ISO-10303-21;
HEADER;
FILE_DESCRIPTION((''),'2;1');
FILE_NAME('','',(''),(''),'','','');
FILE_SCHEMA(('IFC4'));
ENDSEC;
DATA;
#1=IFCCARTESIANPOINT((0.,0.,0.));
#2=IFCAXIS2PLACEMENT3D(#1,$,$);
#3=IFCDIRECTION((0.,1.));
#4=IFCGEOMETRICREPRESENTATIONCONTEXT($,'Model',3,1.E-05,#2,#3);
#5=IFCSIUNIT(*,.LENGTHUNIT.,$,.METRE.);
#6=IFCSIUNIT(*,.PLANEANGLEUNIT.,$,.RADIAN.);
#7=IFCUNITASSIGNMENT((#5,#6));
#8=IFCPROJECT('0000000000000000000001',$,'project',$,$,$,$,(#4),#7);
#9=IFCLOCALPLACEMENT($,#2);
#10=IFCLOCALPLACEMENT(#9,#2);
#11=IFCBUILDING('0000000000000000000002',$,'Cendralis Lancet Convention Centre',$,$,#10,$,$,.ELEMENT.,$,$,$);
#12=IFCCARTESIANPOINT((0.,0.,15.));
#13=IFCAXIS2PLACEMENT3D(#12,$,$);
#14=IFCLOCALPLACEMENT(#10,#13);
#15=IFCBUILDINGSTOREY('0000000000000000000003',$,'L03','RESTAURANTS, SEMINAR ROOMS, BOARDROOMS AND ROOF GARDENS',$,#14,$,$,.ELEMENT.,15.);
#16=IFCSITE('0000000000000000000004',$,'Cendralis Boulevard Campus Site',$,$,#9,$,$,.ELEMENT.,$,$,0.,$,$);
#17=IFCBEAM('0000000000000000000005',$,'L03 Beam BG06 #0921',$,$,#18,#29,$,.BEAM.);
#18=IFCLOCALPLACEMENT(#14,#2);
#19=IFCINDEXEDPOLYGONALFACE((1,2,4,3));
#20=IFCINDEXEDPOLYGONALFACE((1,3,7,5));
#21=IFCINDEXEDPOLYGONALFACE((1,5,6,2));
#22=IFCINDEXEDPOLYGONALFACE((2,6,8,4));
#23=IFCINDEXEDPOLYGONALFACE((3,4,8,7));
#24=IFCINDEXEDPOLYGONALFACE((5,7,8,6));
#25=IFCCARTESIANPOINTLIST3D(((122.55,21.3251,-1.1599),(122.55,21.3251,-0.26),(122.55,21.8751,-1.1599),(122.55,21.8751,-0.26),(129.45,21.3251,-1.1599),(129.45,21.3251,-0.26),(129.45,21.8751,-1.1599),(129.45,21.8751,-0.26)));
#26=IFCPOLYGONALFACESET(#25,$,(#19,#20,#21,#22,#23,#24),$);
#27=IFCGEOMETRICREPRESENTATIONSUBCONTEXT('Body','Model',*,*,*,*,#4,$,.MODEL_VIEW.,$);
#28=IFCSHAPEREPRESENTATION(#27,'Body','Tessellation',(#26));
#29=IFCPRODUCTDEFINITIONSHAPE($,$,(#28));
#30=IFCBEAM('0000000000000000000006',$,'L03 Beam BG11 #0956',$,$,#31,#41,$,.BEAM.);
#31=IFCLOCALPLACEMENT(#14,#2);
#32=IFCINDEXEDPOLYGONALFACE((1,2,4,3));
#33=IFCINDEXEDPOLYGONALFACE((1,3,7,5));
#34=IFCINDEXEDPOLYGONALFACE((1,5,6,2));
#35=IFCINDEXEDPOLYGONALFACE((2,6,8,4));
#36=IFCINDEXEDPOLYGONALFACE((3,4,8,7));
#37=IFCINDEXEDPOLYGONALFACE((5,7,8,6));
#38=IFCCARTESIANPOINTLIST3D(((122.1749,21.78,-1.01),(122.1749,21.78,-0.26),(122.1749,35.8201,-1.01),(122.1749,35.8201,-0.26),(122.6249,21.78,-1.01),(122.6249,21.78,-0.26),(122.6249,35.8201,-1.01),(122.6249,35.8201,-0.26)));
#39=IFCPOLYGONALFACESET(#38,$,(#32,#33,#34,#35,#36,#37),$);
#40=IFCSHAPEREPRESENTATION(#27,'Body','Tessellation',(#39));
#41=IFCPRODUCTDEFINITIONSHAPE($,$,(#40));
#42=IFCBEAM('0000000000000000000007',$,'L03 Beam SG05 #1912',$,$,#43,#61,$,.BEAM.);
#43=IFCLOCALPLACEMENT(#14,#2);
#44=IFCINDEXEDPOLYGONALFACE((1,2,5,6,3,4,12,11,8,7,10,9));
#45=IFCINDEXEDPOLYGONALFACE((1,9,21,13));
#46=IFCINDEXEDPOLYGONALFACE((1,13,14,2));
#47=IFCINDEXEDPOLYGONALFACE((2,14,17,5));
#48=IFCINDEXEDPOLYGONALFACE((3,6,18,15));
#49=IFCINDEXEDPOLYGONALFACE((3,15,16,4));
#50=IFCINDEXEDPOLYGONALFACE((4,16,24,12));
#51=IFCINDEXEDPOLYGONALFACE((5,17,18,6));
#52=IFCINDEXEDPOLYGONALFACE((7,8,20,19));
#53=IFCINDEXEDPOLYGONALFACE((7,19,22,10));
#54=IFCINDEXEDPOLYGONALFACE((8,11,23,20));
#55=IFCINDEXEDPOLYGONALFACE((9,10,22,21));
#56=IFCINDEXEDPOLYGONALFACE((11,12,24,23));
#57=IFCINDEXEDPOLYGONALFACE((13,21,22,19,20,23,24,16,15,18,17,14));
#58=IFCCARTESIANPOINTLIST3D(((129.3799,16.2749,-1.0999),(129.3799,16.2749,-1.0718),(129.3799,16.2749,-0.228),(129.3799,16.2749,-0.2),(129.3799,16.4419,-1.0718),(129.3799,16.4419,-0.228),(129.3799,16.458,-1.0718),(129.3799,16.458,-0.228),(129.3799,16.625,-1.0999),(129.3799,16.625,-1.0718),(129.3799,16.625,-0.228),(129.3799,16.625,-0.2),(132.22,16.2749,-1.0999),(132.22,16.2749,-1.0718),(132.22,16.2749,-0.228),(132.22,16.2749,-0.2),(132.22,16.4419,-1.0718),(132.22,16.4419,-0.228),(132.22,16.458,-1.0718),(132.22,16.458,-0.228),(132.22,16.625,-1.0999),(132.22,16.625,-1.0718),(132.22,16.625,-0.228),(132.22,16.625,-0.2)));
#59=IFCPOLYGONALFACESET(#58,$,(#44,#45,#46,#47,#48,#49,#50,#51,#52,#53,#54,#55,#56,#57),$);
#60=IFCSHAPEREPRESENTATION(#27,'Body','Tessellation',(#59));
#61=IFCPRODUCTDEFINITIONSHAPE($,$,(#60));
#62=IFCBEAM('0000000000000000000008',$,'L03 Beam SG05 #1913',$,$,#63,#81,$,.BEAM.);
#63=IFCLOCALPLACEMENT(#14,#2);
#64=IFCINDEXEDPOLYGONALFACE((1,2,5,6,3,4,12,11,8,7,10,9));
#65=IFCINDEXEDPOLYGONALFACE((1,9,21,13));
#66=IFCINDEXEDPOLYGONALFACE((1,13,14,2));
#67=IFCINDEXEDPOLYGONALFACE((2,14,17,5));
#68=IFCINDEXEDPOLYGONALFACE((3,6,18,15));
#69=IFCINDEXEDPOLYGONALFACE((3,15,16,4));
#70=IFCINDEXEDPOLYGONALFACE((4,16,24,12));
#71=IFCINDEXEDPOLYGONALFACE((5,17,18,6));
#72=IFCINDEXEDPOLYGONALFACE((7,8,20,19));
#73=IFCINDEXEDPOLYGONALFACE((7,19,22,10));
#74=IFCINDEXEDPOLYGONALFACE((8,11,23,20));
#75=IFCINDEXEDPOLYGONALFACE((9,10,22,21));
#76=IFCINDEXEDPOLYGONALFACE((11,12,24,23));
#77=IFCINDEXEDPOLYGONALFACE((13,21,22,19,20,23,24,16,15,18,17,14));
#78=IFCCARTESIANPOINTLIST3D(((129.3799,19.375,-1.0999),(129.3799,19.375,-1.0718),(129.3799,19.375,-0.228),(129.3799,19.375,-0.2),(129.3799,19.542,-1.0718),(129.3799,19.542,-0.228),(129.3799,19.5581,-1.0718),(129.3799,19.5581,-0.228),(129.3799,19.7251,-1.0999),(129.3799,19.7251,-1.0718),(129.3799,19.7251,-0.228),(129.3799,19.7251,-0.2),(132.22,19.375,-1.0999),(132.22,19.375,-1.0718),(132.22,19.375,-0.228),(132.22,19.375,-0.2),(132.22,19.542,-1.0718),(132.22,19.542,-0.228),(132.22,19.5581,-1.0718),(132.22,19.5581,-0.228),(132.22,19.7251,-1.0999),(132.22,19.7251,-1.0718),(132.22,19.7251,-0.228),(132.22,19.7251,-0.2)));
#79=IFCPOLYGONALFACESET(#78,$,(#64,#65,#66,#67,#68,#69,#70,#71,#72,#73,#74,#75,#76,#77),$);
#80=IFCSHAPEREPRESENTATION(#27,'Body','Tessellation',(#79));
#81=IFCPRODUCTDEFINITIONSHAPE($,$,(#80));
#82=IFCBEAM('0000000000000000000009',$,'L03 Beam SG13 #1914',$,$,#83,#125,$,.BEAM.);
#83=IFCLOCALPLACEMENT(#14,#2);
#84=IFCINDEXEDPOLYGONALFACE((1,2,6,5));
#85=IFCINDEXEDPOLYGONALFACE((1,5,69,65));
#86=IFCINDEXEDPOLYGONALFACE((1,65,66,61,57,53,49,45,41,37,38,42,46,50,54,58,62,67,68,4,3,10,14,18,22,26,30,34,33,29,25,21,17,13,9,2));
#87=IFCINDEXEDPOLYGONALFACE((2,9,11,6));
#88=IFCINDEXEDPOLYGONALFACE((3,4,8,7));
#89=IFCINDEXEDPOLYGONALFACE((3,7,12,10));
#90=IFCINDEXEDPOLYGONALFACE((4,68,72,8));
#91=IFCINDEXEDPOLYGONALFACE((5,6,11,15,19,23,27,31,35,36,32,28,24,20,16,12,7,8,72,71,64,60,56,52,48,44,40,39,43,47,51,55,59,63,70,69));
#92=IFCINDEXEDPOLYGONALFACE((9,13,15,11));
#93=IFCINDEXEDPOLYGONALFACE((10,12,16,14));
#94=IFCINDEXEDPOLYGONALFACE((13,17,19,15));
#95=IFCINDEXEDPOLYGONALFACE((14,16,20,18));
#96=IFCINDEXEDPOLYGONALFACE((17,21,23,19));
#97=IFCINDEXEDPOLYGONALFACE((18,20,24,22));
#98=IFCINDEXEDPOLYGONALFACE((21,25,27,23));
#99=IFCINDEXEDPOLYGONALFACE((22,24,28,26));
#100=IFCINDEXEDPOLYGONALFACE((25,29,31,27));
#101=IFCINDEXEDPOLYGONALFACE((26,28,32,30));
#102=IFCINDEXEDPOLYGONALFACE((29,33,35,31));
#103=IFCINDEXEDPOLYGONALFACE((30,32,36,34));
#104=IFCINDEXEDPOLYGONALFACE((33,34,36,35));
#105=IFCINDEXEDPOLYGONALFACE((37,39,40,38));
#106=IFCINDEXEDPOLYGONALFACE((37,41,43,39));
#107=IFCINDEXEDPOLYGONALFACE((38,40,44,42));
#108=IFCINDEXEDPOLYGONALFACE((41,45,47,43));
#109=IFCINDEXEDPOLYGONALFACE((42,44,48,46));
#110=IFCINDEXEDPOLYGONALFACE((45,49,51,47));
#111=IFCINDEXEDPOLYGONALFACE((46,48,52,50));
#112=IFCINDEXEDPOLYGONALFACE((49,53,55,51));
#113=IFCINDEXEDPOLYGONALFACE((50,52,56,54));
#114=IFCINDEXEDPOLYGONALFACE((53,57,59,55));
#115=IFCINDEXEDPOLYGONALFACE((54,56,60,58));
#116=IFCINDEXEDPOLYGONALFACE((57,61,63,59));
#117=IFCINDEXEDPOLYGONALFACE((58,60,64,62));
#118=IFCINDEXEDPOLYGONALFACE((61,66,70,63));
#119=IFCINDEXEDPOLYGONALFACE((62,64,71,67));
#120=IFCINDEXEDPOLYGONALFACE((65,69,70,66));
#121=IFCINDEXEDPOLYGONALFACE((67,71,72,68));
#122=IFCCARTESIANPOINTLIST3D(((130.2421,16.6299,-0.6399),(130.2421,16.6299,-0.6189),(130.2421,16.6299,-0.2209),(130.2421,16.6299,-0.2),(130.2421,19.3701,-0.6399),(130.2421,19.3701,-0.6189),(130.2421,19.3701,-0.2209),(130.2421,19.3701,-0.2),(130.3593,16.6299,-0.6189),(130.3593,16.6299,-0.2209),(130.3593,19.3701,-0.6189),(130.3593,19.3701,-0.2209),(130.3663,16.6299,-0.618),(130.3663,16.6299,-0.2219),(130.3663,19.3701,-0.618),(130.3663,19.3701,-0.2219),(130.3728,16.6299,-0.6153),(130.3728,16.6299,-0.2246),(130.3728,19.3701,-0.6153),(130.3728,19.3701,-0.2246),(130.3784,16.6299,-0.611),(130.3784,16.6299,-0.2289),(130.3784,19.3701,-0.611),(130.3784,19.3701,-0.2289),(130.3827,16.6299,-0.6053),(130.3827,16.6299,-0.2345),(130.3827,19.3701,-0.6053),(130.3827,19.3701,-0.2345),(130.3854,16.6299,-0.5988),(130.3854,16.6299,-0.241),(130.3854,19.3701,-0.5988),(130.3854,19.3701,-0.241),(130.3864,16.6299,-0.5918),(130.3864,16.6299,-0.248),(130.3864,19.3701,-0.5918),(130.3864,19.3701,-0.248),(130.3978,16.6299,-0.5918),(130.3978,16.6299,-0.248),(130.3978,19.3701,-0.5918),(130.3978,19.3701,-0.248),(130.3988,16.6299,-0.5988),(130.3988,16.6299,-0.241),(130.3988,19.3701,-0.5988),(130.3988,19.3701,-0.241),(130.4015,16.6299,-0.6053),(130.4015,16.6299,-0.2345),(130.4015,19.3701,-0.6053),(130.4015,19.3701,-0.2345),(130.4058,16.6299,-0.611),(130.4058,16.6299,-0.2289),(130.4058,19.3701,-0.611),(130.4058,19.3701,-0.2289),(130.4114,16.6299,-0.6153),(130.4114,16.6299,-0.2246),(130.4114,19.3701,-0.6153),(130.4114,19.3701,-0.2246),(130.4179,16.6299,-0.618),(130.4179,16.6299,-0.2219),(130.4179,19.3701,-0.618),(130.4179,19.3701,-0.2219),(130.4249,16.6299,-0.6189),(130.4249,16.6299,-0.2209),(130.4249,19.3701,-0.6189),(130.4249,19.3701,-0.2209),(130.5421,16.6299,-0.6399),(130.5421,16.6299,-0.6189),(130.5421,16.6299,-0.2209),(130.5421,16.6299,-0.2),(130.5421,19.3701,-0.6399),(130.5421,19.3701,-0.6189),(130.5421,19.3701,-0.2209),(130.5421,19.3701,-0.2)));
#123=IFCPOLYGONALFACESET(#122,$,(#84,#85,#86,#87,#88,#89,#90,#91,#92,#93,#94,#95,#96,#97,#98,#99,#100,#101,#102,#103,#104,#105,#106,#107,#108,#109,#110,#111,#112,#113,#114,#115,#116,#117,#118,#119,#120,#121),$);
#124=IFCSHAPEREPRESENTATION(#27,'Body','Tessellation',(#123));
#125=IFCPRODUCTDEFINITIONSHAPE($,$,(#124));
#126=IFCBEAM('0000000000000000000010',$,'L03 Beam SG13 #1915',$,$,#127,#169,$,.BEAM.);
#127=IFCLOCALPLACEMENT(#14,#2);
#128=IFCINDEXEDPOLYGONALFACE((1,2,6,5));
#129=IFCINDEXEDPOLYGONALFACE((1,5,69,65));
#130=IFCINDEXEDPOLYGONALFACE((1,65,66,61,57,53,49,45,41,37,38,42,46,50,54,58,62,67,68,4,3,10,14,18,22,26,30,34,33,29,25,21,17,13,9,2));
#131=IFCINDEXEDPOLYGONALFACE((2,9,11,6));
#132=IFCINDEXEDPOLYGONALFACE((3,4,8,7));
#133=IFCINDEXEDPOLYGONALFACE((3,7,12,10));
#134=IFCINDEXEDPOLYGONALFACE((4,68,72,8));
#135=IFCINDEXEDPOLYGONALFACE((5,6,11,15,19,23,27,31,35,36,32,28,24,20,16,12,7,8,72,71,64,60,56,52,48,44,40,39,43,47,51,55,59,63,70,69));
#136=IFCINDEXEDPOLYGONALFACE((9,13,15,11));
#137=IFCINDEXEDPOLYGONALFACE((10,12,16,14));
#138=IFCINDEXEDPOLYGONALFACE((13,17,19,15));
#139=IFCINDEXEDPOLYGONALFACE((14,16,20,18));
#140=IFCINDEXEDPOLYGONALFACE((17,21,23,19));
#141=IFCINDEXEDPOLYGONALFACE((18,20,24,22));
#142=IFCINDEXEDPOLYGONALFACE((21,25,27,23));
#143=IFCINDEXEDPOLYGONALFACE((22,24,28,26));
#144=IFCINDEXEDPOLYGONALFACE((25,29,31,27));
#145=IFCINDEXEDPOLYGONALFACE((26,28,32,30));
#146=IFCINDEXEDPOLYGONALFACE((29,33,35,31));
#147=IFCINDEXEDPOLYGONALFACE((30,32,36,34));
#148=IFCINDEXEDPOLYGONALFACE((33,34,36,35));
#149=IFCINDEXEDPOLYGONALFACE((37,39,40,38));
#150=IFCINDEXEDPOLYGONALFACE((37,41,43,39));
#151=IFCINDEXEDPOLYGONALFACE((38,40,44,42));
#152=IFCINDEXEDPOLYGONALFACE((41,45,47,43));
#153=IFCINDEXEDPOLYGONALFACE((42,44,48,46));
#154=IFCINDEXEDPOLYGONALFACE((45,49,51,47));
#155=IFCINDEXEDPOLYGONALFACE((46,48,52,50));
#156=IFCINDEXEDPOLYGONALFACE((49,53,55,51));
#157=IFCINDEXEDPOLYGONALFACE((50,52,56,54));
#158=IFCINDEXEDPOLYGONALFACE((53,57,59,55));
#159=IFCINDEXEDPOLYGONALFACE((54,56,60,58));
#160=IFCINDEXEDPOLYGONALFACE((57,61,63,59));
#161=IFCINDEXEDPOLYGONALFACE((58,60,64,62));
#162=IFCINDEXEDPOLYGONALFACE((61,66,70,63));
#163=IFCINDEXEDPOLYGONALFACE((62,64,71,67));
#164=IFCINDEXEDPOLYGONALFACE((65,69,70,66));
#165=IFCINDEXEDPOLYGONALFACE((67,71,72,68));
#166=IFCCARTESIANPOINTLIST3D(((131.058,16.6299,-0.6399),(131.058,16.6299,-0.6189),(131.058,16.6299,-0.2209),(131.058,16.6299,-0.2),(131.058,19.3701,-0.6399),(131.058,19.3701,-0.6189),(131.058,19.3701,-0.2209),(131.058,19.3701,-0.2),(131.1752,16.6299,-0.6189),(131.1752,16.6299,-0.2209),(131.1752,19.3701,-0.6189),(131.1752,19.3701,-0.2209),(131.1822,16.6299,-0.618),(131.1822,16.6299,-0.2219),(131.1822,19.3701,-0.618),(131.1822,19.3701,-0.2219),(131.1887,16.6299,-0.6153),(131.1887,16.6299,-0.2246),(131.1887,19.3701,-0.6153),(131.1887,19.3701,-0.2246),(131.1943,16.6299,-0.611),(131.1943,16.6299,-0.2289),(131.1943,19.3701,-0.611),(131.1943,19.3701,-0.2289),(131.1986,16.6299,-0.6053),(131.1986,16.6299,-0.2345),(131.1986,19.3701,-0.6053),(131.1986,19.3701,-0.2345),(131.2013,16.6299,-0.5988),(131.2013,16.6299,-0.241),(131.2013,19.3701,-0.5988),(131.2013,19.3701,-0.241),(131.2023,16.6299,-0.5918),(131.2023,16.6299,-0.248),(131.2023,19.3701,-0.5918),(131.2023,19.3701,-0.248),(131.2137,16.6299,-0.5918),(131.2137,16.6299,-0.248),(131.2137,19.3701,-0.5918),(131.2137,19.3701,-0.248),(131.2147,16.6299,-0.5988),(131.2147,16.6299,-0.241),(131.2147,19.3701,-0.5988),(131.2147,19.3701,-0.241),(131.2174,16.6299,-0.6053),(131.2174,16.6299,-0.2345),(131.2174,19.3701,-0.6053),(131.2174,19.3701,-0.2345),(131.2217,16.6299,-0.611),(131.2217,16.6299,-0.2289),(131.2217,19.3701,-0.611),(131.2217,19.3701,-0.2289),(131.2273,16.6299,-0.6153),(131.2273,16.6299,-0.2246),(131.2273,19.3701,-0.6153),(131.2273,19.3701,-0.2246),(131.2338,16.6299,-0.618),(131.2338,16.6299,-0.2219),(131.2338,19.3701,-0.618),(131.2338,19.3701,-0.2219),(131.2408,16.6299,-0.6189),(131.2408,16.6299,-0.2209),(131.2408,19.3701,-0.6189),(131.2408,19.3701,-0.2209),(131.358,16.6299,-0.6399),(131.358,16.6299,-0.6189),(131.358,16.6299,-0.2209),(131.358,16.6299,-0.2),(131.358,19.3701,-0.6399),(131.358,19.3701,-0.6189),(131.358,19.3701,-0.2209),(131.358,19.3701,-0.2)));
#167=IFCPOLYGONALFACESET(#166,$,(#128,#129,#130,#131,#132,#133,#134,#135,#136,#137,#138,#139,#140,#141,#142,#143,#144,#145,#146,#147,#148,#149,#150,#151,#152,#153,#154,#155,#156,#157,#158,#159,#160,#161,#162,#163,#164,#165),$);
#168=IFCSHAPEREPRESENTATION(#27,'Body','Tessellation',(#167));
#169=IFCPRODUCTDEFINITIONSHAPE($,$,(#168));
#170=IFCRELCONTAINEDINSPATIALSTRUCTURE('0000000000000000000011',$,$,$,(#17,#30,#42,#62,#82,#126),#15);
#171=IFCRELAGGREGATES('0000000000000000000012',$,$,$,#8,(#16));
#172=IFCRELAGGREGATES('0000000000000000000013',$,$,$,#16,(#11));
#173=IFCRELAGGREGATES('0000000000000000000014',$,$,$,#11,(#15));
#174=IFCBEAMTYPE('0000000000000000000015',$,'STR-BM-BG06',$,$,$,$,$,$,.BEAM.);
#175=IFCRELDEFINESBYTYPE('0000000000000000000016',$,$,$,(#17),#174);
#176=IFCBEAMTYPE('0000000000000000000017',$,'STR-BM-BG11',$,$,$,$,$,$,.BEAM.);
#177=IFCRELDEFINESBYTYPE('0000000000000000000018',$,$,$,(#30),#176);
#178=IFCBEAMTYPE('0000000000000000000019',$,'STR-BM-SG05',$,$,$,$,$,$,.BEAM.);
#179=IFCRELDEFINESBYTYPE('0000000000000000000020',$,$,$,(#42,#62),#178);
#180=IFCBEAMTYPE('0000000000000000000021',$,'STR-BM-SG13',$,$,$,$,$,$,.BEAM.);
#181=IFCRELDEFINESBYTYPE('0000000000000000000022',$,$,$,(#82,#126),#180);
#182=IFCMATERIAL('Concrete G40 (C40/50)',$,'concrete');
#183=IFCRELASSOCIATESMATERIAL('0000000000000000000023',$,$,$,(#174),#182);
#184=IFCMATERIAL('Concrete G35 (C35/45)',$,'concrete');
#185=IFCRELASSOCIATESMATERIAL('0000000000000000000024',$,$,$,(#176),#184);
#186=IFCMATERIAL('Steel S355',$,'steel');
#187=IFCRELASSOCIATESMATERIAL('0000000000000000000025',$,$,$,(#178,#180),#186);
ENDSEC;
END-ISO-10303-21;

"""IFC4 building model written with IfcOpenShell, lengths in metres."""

from ifc_helpers import new_model, si_unit, direction, frame, origin, origin_2d, place, context, subcontext, project, spatial, rectangle, i_section, extrude, material, material_profile, profile_set, type_object, element, save


model = new_model("IFC4")

# Units and contexts
model_context = context("Model", 3, precision=1e-05, world=origin(), true_north=direction((0.0, 1.0)))
body_context = subcontext(model_context, "Body", "Model", "MODEL_VIEW")
ifc_project = project(units=[si_unit("LENGTHUNIT", "METRE"), si_unit("PLANEANGLEUNIT", "RADIAN")], contexts=[model_context])

# Site, building, storey
site_placement = place(None, origin())
site = spatial("IfcSite", under=ifc_project, at=site_placement, Name="Cendralis Boulevard Campus Site", CompositionType="ELEMENT", RefElevation=0.0)
building_placement = place(site_placement, origin())
building = spatial("IfcBuilding", under=site, at=building_placement, Name="Cendralis Lancet Convention Centre", CompositionType="ELEMENT")
storey_placement = place(building_placement, frame((0.0, 0.0, 15.0)))
storey = spatial("IfcBuildingStorey", under=building, at=storey_placement, Name="L03", Description="RESTAURANTS, SEMINAR ROOMS, BOARDROOMS AND ROOF GARDENS", CompositionType="ELEMENT", Elevation=15.0)

# Beams
ifc_material_1 = material(Name="Concrete G40 (C40/50)", Category="concrete")
ifc_material_profile_1 = material_profile(ifc_material_1, rectangle(XDim=0.55, YDim=0.8999, at=origin_2d()), Name="RCB 550x900")
ifc_profile_set_1 = profile_set([ifc_material_profile_1], Name="Concrete G40 (C40/50)")
beam_type_1 = type_object("IfcBeamType", Name="STR-BM-BG06", PredefinedType="BEAM", material=ifc_profile_set_1)
beam_1_placement = place(storey_placement, frame((122.55, 21.6001, -0.71), z_axis=(1.0, 0.0, 0.0), x_axis=(0.0, 1.0, 0.0)))
element("IfcBeam", 1, at=beam_1_placement, inside=storey, type_object=beam_type_1, Name="L03 Beam BG06 #0921", PredefinedType="BEAM", context=body_context, shape_type="SweptSolid", body=[
    extrude(rectangle(XDim=0.55, YDim=0.8999, at=origin_2d()), origin(), (0.0, 0.0, 1.0), 6.8999),
])
ifc_material_2 = material(Name="Concrete G35 (C35/45)", Category="concrete")
ifc_material_profile_2 = material_profile(ifc_material_2, rectangle(XDim=0.45, YDim=0.75, at=origin_2d()), Name="RCB 450x750")
ifc_profile_set_2 = profile_set([ifc_material_profile_2], Name="Concrete G35 (C35/45)")
beam_type_2 = type_object("IfcBeamType", Name="STR-BM-BG11", PredefinedType="BEAM", material=ifc_profile_set_2)
beam_2_placement = place(storey_placement, frame((122.3999, 21.78, -0.635), z_axis=(0.0, 1.0, 0.0), x_axis=(-1.0, 0.0, 0.0)))
element("IfcBeam", 2, at=beam_2_placement, inside=storey, type_object=beam_type_2, Name="L03 Beam BG11 #0956", PredefinedType="BEAM", context=body_context, shape_type="SweptSolid", body=[
    extrude(rectangle(XDim=0.45, YDim=0.75, at=origin_2d()), origin(), (0.0, 0.0, 1.0), 14.04),
])
ifc_material_3 = material(Name="Steel S355", Category="steel")
ifc_material_profile_3 = material_profile(ifc_material_3, i_section(OverallWidth=0.3501, OverallDepth=0.8999, WebThickness=0.0161, FlangeThickness=0.0281, at=origin_2d()), Name="PG 900x350")
ifc_profile_set_3 = profile_set([ifc_material_profile_3], Name="Steel S355")
beam_type_3 = type_object("IfcBeamType", Name="STR-BM-SG05", PredefinedType="BEAM", material=ifc_profile_set_3)
for number, where, z_axis, x_axis, name in (
    (3, (129.3799, 16.45, -0.6499), (1.0, 0.0, 0.0), (0.0, 1.0, 0.0), "L03 Beam SG05 #1912"),
    (4, (129.3799, 19.55, -0.6499), (1.0, 0.0, 0.0), (0.0, 1.0, 0.0), "L03 Beam SG05 #1913"),
):
    element("IfcBeam", number, at=place(storey_placement, frame(where, z_axis=z_axis, x_axis=x_axis)), inside=storey, type_object=beam_type_3, Name=name, PredefinedType="BEAM", context=body_context, shape_type="SweptSolid", body=[
        extrude(i_section(OverallWidth=0.3501, OverallDepth=0.8999, WebThickness=0.0161, FlangeThickness=0.0281, at=origin_2d()), origin(), (0.0, 0.0, 1.0), 2.8401),
    ])
ifc_material_profile_4 = material_profile(ifc_material_3, i_section(OverallWidth=0.3, OverallDepth=0.4399, WebThickness=0.0115, FlangeThickness=0.021, FilletRadius=0.0271, at=origin_2d()), Name="HEA 450")
ifc_profile_set_4 = profile_set([ifc_material_profile_4], Name="Steel S355")
beam_type_4 = type_object("IfcBeamType", Name="STR-BM-SG13", PredefinedType="BEAM", material=ifc_profile_set_4)
for number, where, z_axis, x_axis, name in (
    (5, (130.3921, 16.6299, -0.4199), (0.0, 1.0, 0.0), (-1.0, 0.0, 0.0), "L03 Beam SG13 #1914"),
    (6, (131.208, 16.6299, -0.4199), (0.0, 1.0, 0.0), (-1.0, 0.0, 0.0), "L03 Beam SG13 #1915"),
):
    element("IfcBeam", number, at=place(storey_placement, frame(where, z_axis=z_axis, x_axis=x_axis)), inside=storey, type_object=beam_type_4, Name=name, PredefinedType="BEAM", context=body_context, shape_type="SweptSolid", body=[
        extrude(i_section(OverallWidth=0.3, OverallDepth=0.4399, WebThickness=0.0115, FlangeThickness=0.021, FilletRadius=0.0271, at=origin_2d()), origin(), (0.0, 0.0, 1.0), 2.7402),
    ])

save(model, "model.ifc")
